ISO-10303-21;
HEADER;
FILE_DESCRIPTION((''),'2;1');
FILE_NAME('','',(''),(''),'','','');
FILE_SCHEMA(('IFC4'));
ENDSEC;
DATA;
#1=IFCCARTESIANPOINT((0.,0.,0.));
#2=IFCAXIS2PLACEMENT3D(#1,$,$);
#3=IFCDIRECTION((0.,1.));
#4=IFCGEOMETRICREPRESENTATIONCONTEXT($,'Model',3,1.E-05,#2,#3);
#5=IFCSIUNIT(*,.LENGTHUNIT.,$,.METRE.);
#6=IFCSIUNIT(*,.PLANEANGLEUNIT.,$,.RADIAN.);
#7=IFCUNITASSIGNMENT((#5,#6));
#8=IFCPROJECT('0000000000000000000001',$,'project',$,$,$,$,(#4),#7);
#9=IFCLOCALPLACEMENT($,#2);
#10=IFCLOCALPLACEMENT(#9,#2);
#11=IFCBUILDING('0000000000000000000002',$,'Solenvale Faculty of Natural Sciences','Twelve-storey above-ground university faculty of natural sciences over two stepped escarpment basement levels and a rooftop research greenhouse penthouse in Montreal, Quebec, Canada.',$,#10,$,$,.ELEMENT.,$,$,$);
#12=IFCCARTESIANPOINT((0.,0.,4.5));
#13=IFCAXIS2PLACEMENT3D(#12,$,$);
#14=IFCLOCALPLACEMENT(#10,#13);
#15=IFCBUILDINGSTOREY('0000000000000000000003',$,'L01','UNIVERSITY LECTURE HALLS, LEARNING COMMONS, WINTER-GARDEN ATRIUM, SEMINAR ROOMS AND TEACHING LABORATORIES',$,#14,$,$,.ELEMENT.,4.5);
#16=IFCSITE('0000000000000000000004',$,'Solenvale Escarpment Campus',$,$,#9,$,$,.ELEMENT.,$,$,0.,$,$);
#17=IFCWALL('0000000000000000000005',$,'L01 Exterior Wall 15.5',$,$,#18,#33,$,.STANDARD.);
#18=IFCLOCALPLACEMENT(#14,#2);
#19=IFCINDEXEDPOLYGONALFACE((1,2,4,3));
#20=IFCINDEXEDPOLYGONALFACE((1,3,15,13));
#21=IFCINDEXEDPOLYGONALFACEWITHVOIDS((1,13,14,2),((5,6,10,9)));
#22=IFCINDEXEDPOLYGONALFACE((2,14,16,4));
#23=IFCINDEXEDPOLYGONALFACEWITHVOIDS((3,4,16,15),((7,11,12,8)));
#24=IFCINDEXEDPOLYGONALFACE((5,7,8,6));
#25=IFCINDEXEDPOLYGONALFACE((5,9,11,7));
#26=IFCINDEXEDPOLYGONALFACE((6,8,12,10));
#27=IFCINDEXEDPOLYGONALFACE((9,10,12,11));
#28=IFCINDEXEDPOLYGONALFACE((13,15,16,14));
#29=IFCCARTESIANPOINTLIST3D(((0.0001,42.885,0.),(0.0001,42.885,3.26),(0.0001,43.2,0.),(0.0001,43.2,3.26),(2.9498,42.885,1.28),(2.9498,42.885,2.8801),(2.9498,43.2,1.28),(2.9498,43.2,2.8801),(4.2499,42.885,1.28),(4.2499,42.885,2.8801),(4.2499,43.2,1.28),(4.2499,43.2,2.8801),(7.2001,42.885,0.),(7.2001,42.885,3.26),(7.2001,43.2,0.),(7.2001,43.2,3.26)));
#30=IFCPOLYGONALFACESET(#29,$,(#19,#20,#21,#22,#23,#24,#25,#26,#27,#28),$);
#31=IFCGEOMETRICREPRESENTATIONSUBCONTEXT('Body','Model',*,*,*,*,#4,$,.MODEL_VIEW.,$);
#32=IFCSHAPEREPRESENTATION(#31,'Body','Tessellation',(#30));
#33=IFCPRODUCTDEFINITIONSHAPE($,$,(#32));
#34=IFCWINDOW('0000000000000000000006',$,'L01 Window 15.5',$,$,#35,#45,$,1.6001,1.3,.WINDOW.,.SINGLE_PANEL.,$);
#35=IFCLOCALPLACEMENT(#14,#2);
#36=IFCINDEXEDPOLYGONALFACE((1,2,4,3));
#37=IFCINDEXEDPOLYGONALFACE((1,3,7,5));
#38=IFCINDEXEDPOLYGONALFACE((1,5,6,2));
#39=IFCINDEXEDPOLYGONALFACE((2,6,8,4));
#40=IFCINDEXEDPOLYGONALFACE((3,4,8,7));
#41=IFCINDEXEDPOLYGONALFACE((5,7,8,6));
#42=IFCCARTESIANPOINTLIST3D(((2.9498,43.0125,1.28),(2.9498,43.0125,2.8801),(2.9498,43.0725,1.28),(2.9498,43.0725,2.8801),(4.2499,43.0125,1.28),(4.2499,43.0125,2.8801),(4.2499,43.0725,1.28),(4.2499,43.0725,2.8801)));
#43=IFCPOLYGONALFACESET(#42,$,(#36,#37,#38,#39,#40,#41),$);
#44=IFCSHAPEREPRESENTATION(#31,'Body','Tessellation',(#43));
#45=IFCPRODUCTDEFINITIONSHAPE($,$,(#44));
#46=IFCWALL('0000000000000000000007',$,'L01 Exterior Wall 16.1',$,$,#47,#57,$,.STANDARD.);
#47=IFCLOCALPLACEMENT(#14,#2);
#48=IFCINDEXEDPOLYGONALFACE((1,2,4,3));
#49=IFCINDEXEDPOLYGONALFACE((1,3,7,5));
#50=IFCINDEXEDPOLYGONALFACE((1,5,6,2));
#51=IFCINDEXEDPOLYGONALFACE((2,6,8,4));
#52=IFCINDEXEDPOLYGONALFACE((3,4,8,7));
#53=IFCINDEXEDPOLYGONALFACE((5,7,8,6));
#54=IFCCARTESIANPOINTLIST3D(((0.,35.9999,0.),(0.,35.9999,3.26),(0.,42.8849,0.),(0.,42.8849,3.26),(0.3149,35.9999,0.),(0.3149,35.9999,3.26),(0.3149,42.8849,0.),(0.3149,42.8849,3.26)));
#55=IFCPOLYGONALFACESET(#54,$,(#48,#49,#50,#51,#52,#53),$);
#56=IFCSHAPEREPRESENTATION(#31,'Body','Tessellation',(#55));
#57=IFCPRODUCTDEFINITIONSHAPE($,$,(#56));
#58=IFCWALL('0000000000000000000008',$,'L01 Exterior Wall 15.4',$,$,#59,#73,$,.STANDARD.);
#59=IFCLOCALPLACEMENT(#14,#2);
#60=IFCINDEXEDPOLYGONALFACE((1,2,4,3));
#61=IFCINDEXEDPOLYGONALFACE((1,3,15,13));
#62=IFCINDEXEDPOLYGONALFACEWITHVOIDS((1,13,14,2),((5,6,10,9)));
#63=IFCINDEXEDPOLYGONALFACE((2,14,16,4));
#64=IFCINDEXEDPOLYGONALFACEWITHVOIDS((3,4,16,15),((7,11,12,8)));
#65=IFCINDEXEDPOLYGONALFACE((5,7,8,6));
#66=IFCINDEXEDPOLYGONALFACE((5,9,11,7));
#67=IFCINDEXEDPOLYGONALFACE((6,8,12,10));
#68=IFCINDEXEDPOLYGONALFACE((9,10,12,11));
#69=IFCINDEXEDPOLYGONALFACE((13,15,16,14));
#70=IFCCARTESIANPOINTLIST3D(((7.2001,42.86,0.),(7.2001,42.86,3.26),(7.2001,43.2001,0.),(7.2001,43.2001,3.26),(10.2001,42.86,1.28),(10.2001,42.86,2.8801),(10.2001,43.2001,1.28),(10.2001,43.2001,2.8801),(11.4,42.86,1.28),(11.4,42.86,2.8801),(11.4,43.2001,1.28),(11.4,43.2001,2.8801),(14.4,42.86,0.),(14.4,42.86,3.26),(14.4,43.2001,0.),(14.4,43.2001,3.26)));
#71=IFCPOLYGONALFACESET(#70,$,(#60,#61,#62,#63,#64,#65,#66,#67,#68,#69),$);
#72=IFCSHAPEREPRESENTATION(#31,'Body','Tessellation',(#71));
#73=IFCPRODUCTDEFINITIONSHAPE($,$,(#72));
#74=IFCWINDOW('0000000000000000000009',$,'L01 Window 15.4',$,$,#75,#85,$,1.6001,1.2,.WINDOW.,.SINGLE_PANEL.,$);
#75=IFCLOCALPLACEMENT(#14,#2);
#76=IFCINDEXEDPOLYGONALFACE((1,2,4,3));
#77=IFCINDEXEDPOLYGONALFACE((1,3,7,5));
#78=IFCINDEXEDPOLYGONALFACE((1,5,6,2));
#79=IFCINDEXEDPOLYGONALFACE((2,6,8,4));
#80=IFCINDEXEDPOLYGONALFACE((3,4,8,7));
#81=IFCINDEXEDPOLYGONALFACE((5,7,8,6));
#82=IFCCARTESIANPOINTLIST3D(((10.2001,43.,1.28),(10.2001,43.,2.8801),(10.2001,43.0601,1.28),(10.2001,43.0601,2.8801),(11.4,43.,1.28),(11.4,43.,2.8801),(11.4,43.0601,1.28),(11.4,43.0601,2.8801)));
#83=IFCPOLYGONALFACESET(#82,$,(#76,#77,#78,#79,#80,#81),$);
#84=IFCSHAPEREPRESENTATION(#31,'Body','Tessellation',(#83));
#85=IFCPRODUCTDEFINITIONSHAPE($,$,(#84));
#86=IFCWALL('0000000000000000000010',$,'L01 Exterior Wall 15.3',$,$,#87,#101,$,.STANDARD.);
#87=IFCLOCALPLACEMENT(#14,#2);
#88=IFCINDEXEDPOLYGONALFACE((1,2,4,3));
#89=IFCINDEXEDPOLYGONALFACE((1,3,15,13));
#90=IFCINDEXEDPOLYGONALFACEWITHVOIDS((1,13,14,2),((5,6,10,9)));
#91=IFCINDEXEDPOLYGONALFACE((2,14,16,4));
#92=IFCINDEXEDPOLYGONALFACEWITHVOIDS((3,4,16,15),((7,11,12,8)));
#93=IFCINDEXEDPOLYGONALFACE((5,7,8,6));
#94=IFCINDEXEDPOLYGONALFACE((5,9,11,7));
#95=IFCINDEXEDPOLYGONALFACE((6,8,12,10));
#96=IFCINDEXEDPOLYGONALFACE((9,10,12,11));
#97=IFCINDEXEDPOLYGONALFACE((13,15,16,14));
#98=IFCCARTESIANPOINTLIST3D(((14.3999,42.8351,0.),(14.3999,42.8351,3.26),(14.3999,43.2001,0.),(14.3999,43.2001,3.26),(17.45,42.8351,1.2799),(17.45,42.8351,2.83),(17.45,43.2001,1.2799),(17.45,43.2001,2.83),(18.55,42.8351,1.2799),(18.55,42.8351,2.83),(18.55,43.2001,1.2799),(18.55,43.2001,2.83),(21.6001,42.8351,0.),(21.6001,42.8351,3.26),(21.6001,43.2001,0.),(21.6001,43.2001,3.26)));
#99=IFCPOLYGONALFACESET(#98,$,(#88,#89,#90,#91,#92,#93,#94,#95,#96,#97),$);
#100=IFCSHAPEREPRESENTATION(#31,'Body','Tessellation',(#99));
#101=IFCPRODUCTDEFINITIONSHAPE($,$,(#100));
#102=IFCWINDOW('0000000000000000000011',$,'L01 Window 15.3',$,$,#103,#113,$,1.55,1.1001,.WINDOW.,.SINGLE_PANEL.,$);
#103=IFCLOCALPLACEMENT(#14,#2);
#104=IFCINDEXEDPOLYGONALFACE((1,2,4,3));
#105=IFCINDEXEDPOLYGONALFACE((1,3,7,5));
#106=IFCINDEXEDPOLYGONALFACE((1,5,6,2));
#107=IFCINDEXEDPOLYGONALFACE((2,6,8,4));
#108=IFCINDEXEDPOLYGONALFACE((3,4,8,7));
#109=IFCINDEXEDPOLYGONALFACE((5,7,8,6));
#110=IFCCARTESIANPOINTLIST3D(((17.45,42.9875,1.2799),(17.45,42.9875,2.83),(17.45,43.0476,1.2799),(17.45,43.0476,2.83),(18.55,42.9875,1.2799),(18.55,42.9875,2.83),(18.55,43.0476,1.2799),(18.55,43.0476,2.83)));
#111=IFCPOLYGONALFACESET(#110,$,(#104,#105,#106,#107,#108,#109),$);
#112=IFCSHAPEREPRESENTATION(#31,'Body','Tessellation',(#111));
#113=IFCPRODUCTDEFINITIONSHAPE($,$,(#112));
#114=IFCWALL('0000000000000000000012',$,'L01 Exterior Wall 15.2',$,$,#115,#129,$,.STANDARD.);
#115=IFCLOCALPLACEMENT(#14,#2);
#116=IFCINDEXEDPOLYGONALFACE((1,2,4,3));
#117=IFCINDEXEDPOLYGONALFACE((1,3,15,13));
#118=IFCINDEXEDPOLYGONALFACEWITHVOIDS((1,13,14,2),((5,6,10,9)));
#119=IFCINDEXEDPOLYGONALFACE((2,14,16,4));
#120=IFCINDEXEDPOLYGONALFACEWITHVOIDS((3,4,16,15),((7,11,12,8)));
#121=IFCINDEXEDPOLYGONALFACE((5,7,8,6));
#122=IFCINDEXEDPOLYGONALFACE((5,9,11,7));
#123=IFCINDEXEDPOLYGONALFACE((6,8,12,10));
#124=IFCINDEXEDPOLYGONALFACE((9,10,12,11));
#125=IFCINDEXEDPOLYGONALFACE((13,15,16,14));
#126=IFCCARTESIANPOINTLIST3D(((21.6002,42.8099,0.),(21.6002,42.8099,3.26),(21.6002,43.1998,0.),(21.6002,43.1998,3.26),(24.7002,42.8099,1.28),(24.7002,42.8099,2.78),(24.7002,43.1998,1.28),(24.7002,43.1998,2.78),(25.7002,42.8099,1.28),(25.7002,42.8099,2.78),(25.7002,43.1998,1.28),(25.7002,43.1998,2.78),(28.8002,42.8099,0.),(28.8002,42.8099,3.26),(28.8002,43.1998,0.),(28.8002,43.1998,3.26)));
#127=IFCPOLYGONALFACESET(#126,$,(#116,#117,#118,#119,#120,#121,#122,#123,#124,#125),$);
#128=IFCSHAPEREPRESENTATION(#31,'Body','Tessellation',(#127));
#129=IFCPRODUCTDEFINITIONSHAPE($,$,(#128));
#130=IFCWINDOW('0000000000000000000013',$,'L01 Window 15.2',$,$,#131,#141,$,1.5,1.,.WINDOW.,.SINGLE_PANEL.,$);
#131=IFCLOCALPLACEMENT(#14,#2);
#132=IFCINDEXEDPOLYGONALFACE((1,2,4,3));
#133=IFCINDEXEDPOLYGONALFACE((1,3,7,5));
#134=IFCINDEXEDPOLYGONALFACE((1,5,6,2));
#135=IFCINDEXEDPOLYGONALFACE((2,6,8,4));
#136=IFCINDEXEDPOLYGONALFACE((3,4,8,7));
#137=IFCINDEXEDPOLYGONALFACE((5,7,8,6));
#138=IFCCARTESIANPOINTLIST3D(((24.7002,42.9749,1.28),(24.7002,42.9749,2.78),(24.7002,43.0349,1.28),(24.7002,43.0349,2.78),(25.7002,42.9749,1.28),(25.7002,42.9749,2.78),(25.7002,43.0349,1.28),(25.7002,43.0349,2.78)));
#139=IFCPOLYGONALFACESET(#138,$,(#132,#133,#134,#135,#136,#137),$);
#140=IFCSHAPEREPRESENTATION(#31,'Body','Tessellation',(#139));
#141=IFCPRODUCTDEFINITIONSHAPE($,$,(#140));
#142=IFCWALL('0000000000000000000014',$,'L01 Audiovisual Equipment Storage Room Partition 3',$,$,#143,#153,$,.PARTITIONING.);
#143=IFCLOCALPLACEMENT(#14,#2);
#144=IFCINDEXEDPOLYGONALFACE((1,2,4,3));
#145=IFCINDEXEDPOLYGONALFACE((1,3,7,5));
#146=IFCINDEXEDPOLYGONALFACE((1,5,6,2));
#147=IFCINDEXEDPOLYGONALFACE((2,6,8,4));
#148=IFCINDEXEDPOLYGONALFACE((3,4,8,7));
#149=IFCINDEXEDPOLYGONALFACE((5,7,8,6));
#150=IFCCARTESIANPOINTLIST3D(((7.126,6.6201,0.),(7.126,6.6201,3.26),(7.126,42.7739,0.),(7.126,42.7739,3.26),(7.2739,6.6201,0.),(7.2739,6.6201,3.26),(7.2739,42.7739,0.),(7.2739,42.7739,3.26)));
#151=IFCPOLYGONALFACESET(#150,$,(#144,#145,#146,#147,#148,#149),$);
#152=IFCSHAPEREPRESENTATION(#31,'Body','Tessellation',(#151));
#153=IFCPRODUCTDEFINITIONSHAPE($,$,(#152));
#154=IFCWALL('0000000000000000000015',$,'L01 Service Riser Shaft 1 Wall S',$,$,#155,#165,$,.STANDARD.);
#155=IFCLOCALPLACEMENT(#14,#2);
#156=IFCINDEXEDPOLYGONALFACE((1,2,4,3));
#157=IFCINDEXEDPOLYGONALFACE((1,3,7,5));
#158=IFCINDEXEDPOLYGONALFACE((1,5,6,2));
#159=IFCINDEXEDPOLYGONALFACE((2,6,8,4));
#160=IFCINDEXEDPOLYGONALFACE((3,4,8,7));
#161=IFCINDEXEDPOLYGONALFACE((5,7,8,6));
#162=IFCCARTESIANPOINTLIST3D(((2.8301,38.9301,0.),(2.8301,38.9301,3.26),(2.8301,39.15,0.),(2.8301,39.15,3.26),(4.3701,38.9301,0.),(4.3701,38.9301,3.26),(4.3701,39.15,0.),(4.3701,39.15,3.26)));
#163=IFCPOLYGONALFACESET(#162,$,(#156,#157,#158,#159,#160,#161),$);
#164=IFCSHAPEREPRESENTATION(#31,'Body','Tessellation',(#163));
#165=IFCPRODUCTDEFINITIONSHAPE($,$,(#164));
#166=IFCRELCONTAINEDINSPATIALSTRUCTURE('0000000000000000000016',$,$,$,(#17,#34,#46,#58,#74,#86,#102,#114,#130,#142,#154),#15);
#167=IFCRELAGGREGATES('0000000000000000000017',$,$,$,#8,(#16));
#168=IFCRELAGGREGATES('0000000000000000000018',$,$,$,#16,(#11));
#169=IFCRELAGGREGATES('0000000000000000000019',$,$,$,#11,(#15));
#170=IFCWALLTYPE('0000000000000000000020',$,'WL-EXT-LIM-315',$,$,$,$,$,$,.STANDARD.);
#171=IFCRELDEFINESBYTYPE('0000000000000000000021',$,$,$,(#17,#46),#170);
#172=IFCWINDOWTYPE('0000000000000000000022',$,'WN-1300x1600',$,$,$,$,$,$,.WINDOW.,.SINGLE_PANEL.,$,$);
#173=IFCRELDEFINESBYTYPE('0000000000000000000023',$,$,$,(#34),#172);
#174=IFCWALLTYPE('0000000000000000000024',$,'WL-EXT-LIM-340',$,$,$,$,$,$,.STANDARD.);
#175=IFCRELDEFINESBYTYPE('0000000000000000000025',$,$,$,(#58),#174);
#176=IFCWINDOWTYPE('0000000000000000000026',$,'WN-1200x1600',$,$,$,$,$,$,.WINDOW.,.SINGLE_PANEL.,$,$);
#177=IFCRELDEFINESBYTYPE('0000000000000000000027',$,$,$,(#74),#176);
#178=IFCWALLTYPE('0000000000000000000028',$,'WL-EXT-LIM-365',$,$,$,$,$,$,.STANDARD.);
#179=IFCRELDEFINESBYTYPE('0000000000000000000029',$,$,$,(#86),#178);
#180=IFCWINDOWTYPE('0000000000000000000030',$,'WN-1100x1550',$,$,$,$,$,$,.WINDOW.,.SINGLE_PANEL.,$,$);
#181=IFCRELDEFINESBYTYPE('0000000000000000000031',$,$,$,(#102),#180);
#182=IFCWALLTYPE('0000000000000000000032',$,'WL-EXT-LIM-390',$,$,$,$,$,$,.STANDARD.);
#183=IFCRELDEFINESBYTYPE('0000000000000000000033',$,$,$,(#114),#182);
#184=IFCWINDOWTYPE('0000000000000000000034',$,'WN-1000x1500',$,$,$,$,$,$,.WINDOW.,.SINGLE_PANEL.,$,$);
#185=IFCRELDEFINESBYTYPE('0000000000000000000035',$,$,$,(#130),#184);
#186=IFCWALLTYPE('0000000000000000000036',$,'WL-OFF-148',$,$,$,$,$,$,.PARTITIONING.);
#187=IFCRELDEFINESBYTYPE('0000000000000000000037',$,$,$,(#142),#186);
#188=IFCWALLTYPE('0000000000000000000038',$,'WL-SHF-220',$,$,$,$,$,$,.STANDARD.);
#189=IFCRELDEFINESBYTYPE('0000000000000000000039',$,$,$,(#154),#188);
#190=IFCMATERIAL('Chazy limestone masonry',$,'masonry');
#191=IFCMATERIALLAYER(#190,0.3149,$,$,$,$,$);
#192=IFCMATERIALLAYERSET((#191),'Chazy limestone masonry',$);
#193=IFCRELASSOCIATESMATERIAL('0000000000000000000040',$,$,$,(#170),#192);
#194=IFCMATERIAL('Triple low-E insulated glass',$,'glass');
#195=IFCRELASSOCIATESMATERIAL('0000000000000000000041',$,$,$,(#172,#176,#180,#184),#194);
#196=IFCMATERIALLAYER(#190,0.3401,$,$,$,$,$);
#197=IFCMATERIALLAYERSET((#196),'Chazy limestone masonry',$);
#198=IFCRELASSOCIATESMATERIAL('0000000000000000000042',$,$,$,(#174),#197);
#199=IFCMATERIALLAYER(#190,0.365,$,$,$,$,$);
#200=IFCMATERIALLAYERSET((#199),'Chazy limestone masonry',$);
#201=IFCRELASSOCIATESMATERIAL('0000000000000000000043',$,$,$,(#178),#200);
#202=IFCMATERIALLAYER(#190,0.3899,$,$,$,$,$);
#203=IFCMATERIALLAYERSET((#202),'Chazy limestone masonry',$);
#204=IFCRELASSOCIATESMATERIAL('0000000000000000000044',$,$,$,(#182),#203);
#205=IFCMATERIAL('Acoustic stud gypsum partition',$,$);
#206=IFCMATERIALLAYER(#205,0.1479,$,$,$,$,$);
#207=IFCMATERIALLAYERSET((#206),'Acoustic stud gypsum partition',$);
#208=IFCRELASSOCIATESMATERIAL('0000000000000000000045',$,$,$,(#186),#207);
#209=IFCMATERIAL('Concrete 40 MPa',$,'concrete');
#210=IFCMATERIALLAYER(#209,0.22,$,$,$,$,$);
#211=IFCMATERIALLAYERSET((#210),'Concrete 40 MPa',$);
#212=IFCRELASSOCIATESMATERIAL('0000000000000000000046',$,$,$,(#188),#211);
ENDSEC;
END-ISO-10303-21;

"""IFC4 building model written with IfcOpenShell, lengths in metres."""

from ifc_helpers import new_model, si_unit, direction, frame, frame_2d, origin, place, context, subcontext, project, spatial, rectangle, extrude, material, layer, layer_set, type_object, element, fill, save


model = new_model("IFC4")

# Units and contexts
model_context = context("Model", 3, precision=1e-05, world=origin(), true_north=direction((0.0, 1.0)))
body_context = subcontext(model_context, "Body", "Model", "MODEL_VIEW")
ifc_project = project(units=[si_unit("LENGTHUNIT", "METRE"), si_unit("PLANEANGLEUNIT", "RADIAN")], contexts=[model_context])

# Site, building, storey
site_placement = place(None, origin())
site = spatial("IfcSite", under=ifc_project, at=site_placement, Name="Solenvale Escarpment Campus", CompositionType="ELEMENT", RefElevation=0.0)
building_placement = place(site_placement, origin())
building = spatial("IfcBuilding", under=site, at=building_placement, Name="Solenvale Faculty of Natural Sciences", Description="Twelve-storey above-ground university faculty of natural sciences over two stepped escarpment basement levels and a rooftop research greenhouse penthouse in Montreal, Quebec, Canada.", CompositionType="ELEMENT")
storey_placement = place(building_placement, frame((0.0, 0.0, 4.5)))
storey = spatial("IfcBuildingStorey", under=building, at=storey_placement, Name="L01", Description="UNIVERSITY LECTURE HALLS, LEARNING COMMONS, WINTER-GARDEN ATRIUM, SEMINAR ROOMS AND TEACHING LABORATORIES", CompositionType="ELEMENT", Elevation=4.5)

# Shared definitions
ifc_material_1 = material(Name="Concrete 40 MPa", Category="concrete")

# Wall, opening, window
ifc_material_2 = material(Name="Chazy limestone masonry", Category="masonry")
ifc_layer_1 = layer(ifc_material_2, 0.3149)
ifc_layer_set_1 = layer_set([ifc_layer_1], Name="Chazy limestone masonry")
wall_type_1 = type_object("IfcWallType", Name="WL-EXT-LIM-315", PredefinedType="STANDARD", material=ifc_layer_set_1)
wall_1_placement = place(storey_placement, frame((0.0, 43.0425, 0.0), z_axis=(0.0, 0.0, 1.0), x_axis=(1.0, 0.0, 0.0)))
wall_1 = element("IfcWall", 1, at=wall_1_placement, inside=storey, type_object=wall_type_1, Name="L01 Exterior Wall 15.5", PredefinedType="STANDARD", context=body_context, shape_type="SweptSolid", body=[
    extrude(rectangle(XDim=7.2, YDim=0.3149, at=frame_2d((3.6001, 0.0))), origin(), (0.0, 0.0, 1.0), 3.26),
])
opening_1_placement = place(wall_1_placement, frame((2.95, 0.0, 1.28)))
opening_1 = element("IfcOpeningElement", 2, at=opening_1_placement, cuts=wall_1, PredefinedType="OPENING", context=body_context, shape_type="SweptSolid", body=[
    extrude(rectangle(XDim=1.3, YDim=1.6001, at=frame_2d((0.6499, 0.8))), frame((0.0, 0.1675, 0.0), z_axis=(0.0, -1.0, 0.0), x_axis=(1.0, 0.0, 0.0)), (0.0, 0.0, 1.0), 0.335),
])
ifc_material_3 = material(Name="Triple low-E insulated glass", Category="glass")
window_type_1 = type_object("IfcWindowType", Name="WN-1300x1600", PartitioningType="SINGLE_PANEL", PredefinedType="WINDOW", material=ifc_material_3)
window_1_placement = place(opening_1_placement, origin())
window_1 = element("IfcWindow", 3, at=window_1_placement, inside=storey, type_object=window_type_1, Name="L01 Window 15.5", OverallHeight=1.6001, OverallWidth=1.3, PartitioningType="SINGLE_PANEL", PredefinedType="WINDOW", context=body_context, shape_type="SweptSolid", body=[
    extrude(rectangle(XDim=1.3, YDim=1.6001, at=frame_2d((0.6499, 0.8))), frame((0.0, 0.03, 0.0), z_axis=(0.0, -1.0, 0.0), x_axis=(1.0, 0.0, 0.0)), (0.0, 0.0, 1.0), 0.0601),
])
fill(opening_1, window_1)

# Wall
wall_2_placement = place(storey_placement, frame((0.1575, 36.0, 0.0), z_axis=(0.0, 0.0, 1.0), x_axis=(0.0, 1.0, 0.0)))
element("IfcWall", 4, at=wall_2_placement, inside=storey, type_object=wall_type_1, Name="L01 Exterior Wall 16.1", PredefinedType="STANDARD", context=body_context, shape_type="SweptSolid", body=[
    extrude(rectangle(XDim=6.885, YDim=0.3149, at=frame_2d((3.4424, 0.0))), origin(), (0.0, 0.0, 1.0), 3.26),
])

# Walls, openings, windows
ifc_layer_2 = layer(ifc_material_2, 0.3401)
ifc_layer_set_2 = layer_set([ifc_layer_2], Name="Chazy limestone masonry")
wall_type_2 = type_object("IfcWallType", Name="WL-EXT-LIM-340", PredefinedType="STANDARD", material=ifc_layer_set_2)
wall_3_placement = place(storey_placement, frame((7.2, 43.03, 0.0), z_axis=(0.0, 0.0, 1.0), x_axis=(1.0, 0.0, 0.0)))
wall_3 = element("IfcWall", 5, at=wall_3_placement, inside=storey, type_object=wall_type_2, Name="L01 Exterior Wall 15.4", PredefinedType="STANDARD", context=body_context, shape_type="SweptSolid", body=[
    extrude(rectangle(XDim=7.2, YDim=0.3401, at=frame_2d((3.6001, 0.0))), origin(), (0.0, 0.0, 1.0), 3.26),
])
opening_2_placement = place(wall_3_placement, frame((3.0, 0.0, 1.28)))
opening_2 = element("IfcOpeningElement", 6, at=opening_2_placement, cuts=wall_3, PredefinedType="OPENING", context=body_context, shape_type="SweptSolid", body=[
    extrude(rectangle(XDim=1.2, YDim=1.6001, at=frame_2d((0.6001, 0.8))), frame((0.0, 0.1799, 0.0), z_axis=(0.0, -1.0, 0.0), x_axis=(1.0, 0.0, 0.0)), (0.0, 0.0, 1.0), 0.3601),
])
window_type_2 = type_object("IfcWindowType", Name="WN-1200x1600", PartitioningType="SINGLE_PANEL", PredefinedType="WINDOW", material=ifc_material_3)
window_2_placement = place(opening_2_placement, origin())
window_2 = element("IfcWindow", 7, at=window_2_placement, inside=storey, type_object=window_type_2, Name="L01 Window 15.4", OverallHeight=1.6001, OverallWidth=1.2, PartitioningType="SINGLE_PANEL", PredefinedType="WINDOW", context=body_context, shape_type="SweptSolid", body=[
    extrude(rectangle(XDim=1.2, YDim=1.6001, at=frame_2d((0.6001, 0.8))), frame((0.0, 0.03, 0.0), z_axis=(0.0, -1.0, 0.0), x_axis=(1.0, 0.0, 0.0)), (0.0, 0.0, 1.0), 0.0601),
])
fill(opening_2, window_2)
ifc_layer_3 = layer(ifc_material_2, 0.365)
ifc_layer_set_3 = layer_set([ifc_layer_3], Name="Chazy limestone masonry")
wall_type_3 = type_object("IfcWallType", Name="WL-EXT-LIM-365", PredefinedType="STANDARD", material=ifc_layer_set_3)
wall_4_placement = place(storey_placement, frame((14.3999, 43.0176, 0.0), z_axis=(0.0, 0.0, 1.0), x_axis=(1.0, 0.0, 0.0)))
wall_4 = element("IfcWall", 8, at=wall_4_placement, inside=storey, type_object=wall_type_3, Name="L01 Exterior Wall 15.3", PredefinedType="STANDARD", context=body_context, shape_type="SweptSolid", body=[
    extrude(rectangle(XDim=7.2002, YDim=0.365, at=frame_2d((3.6001, 0.0))), origin(), (0.0, 0.0, 1.0), 3.26),
])
opening_3_placement = place(wall_4_placement, frame((3.05, 0.0, 1.28)))
opening_3 = element("IfcOpeningElement", 9, at=opening_3_placement, cuts=wall_4, PredefinedType="OPENING", context=body_context, shape_type="SweptSolid", body=[
    extrude(rectangle(XDim=1.1001, YDim=1.55, at=frame_2d((0.55, 0.7749))), frame((0.0, 0.1924, 0.0), z_axis=(0.0, -1.0, 0.0), x_axis=(1.0, 0.0, 0.0)), (0.0, 0.0, 1.0), 0.385),
])
window_type_3 = type_object("IfcWindowType", Name="WN-1100x1550", PartitioningType="SINGLE_PANEL", PredefinedType="WINDOW", material=ifc_material_3)
window_3_placement = place(opening_3_placement, origin())
window_3 = element("IfcWindow", 10, at=window_3_placement, inside=storey, type_object=window_type_3, Name="L01 Window 15.3", OverallHeight=1.55, OverallWidth=1.1001, PartitioningType="SINGLE_PANEL", PredefinedType="WINDOW", context=body_context, shape_type="SweptSolid", body=[
    extrude(rectangle(XDim=1.1001, YDim=1.55, at=frame_2d((0.55, 0.7749))), frame((0.0, 0.03, 0.0), z_axis=(0.0, -1.0, 0.0), x_axis=(1.0, 0.0, 0.0)), (0.0, 0.0, 1.0), 0.0601),
])
fill(opening_3, window_3)
ifc_layer_4 = layer(ifc_material_2, 0.3899)
ifc_layer_set_4 = layer_set([ifc_layer_4], Name="Chazy limestone masonry")
wall_type_4 = type_object("IfcWallType", Name="WL-EXT-LIM-390", PredefinedType="STANDARD", material=ifc_layer_set_4)
wall_5_placement = place(storey_placement, frame((21.6001, 43.0049, 0.0), z_axis=(0.0, 0.0, 1.0), x_axis=(1.0, 0.0, 0.0)))
wall_5 = element("IfcWall", 11, at=wall_5_placement, inside=storey, type_object=wall_type_4, Name="L01 Exterior Wall 15.2", PredefinedType="STANDARD", context=body_context, shape_type="SweptSolid", body=[
    extrude(rectangle(XDim=7.2, YDim=0.3899, at=frame_2d((3.6001, 0.0))), origin(), (0.0, 0.0, 1.0), 3.26),
])
opening_4_placement = place(wall_5_placement, frame((3.1001, 0.0, 1.28)))
opening_4 = element("IfcOpeningElement", 12, at=opening_4_placement, cuts=wall_5, PredefinedType="OPENING", context=body_context, shape_type="SweptSolid", body=[
    extrude(rectangle(XDim=1.0, YDim=1.5, at=frame_2d((0.5, 0.75))), frame((0.0, 0.2048, 0.0), z_axis=(0.0, -1.0, 0.0), x_axis=(1.0, 0.0, 0.0)), (0.0, 0.0, 1.0), 0.4099),
])
window_type_4 = type_object("IfcWindowType", Name="WN-1000x1500", PartitioningType="SINGLE_PANEL", PredefinedType="WINDOW", material=ifc_material_3)
window_4_placement = place(opening_4_placement, origin())
window_4 = element("IfcWindow", 13, at=window_4_placement, inside=storey, type_object=window_type_4, Name="L01 Window 15.2", OverallHeight=1.5, OverallWidth=1.0, PartitioningType="SINGLE_PANEL", PredefinedType="WINDOW", context=body_context, shape_type="SweptSolid", body=[
    extrude(rectangle(XDim=1.0, YDim=1.5, at=frame_2d((0.5, 0.75))), frame((0.0, 0.03, 0.0), z_axis=(0.0, -1.0, 0.0), x_axis=(1.0, 0.0, 0.0)), (0.0, 0.0, 1.0), 0.0601),
])
fill(opening_4, window_4)

# Walls
ifc_material_4 = material(Name="Acoustic stud gypsum partition")
ifc_layer_5 = layer(ifc_material_4, 0.1479)
ifc_layer_set_5 = layer_set([ifc_layer_5], Name="Acoustic stud gypsum partition")
wall_type_5 = type_object("IfcWallType", Name="WL-OFF-148", PredefinedType="PARTITIONING", material=ifc_layer_set_5)
wall_6_placement = place(storey_placement, frame((7.2, 42.7739, 0.0), z_axis=(0.0, 0.0, 1.0), x_axis=(0.0, -1.0, 0.0)))
element("IfcWall", 14, at=wall_6_placement, inside=storey, type_object=wall_type_5, Name="L01 Audiovisual Equipment Storage Room Partition 3", PredefinedType="PARTITIONING", context=body_context, shape_type="SweptSolid", body=[
    extrude(rectangle(XDim=36.1538, YDim=0.1479, at=frame_2d((18.0769, 0.0))), origin(), (0.0, 0.0, 1.0), 3.26),
])
ifc_layer_6 = layer(ifc_material_1, 0.22)
ifc_layer_set_6 = layer_set([ifc_layer_6], Name="Concrete 40 MPa")
wall_type_6 = type_object("IfcWallType", Name="WL-SHF-220", PredefinedType="STANDARD", material=ifc_layer_set_6)
for number, where, z_axis, x_axis, name in (
    (15, (2.8301, 39.04, 0.0), (0.0, 0.0, 1.0), (1.0, 0.0, 0.0), "L01 Service Riser Shaft 1 Wall S"),
):
    element("IfcWall", number, at=place(storey_placement, frame(where, z_axis=z_axis, x_axis=x_axis)), inside=storey, type_object=wall_type_6, Name=name, PredefinedType="STANDARD", context=body_context, shape_type="SweptSolid", body=[
        extrude(rectangle(XDim=1.54, YDim=0.22, at=frame_2d((0.77, 0.0))), origin(), (0.0, 0.0, 1.0), 3.26),
    ])

save(model, "model.ifc")
